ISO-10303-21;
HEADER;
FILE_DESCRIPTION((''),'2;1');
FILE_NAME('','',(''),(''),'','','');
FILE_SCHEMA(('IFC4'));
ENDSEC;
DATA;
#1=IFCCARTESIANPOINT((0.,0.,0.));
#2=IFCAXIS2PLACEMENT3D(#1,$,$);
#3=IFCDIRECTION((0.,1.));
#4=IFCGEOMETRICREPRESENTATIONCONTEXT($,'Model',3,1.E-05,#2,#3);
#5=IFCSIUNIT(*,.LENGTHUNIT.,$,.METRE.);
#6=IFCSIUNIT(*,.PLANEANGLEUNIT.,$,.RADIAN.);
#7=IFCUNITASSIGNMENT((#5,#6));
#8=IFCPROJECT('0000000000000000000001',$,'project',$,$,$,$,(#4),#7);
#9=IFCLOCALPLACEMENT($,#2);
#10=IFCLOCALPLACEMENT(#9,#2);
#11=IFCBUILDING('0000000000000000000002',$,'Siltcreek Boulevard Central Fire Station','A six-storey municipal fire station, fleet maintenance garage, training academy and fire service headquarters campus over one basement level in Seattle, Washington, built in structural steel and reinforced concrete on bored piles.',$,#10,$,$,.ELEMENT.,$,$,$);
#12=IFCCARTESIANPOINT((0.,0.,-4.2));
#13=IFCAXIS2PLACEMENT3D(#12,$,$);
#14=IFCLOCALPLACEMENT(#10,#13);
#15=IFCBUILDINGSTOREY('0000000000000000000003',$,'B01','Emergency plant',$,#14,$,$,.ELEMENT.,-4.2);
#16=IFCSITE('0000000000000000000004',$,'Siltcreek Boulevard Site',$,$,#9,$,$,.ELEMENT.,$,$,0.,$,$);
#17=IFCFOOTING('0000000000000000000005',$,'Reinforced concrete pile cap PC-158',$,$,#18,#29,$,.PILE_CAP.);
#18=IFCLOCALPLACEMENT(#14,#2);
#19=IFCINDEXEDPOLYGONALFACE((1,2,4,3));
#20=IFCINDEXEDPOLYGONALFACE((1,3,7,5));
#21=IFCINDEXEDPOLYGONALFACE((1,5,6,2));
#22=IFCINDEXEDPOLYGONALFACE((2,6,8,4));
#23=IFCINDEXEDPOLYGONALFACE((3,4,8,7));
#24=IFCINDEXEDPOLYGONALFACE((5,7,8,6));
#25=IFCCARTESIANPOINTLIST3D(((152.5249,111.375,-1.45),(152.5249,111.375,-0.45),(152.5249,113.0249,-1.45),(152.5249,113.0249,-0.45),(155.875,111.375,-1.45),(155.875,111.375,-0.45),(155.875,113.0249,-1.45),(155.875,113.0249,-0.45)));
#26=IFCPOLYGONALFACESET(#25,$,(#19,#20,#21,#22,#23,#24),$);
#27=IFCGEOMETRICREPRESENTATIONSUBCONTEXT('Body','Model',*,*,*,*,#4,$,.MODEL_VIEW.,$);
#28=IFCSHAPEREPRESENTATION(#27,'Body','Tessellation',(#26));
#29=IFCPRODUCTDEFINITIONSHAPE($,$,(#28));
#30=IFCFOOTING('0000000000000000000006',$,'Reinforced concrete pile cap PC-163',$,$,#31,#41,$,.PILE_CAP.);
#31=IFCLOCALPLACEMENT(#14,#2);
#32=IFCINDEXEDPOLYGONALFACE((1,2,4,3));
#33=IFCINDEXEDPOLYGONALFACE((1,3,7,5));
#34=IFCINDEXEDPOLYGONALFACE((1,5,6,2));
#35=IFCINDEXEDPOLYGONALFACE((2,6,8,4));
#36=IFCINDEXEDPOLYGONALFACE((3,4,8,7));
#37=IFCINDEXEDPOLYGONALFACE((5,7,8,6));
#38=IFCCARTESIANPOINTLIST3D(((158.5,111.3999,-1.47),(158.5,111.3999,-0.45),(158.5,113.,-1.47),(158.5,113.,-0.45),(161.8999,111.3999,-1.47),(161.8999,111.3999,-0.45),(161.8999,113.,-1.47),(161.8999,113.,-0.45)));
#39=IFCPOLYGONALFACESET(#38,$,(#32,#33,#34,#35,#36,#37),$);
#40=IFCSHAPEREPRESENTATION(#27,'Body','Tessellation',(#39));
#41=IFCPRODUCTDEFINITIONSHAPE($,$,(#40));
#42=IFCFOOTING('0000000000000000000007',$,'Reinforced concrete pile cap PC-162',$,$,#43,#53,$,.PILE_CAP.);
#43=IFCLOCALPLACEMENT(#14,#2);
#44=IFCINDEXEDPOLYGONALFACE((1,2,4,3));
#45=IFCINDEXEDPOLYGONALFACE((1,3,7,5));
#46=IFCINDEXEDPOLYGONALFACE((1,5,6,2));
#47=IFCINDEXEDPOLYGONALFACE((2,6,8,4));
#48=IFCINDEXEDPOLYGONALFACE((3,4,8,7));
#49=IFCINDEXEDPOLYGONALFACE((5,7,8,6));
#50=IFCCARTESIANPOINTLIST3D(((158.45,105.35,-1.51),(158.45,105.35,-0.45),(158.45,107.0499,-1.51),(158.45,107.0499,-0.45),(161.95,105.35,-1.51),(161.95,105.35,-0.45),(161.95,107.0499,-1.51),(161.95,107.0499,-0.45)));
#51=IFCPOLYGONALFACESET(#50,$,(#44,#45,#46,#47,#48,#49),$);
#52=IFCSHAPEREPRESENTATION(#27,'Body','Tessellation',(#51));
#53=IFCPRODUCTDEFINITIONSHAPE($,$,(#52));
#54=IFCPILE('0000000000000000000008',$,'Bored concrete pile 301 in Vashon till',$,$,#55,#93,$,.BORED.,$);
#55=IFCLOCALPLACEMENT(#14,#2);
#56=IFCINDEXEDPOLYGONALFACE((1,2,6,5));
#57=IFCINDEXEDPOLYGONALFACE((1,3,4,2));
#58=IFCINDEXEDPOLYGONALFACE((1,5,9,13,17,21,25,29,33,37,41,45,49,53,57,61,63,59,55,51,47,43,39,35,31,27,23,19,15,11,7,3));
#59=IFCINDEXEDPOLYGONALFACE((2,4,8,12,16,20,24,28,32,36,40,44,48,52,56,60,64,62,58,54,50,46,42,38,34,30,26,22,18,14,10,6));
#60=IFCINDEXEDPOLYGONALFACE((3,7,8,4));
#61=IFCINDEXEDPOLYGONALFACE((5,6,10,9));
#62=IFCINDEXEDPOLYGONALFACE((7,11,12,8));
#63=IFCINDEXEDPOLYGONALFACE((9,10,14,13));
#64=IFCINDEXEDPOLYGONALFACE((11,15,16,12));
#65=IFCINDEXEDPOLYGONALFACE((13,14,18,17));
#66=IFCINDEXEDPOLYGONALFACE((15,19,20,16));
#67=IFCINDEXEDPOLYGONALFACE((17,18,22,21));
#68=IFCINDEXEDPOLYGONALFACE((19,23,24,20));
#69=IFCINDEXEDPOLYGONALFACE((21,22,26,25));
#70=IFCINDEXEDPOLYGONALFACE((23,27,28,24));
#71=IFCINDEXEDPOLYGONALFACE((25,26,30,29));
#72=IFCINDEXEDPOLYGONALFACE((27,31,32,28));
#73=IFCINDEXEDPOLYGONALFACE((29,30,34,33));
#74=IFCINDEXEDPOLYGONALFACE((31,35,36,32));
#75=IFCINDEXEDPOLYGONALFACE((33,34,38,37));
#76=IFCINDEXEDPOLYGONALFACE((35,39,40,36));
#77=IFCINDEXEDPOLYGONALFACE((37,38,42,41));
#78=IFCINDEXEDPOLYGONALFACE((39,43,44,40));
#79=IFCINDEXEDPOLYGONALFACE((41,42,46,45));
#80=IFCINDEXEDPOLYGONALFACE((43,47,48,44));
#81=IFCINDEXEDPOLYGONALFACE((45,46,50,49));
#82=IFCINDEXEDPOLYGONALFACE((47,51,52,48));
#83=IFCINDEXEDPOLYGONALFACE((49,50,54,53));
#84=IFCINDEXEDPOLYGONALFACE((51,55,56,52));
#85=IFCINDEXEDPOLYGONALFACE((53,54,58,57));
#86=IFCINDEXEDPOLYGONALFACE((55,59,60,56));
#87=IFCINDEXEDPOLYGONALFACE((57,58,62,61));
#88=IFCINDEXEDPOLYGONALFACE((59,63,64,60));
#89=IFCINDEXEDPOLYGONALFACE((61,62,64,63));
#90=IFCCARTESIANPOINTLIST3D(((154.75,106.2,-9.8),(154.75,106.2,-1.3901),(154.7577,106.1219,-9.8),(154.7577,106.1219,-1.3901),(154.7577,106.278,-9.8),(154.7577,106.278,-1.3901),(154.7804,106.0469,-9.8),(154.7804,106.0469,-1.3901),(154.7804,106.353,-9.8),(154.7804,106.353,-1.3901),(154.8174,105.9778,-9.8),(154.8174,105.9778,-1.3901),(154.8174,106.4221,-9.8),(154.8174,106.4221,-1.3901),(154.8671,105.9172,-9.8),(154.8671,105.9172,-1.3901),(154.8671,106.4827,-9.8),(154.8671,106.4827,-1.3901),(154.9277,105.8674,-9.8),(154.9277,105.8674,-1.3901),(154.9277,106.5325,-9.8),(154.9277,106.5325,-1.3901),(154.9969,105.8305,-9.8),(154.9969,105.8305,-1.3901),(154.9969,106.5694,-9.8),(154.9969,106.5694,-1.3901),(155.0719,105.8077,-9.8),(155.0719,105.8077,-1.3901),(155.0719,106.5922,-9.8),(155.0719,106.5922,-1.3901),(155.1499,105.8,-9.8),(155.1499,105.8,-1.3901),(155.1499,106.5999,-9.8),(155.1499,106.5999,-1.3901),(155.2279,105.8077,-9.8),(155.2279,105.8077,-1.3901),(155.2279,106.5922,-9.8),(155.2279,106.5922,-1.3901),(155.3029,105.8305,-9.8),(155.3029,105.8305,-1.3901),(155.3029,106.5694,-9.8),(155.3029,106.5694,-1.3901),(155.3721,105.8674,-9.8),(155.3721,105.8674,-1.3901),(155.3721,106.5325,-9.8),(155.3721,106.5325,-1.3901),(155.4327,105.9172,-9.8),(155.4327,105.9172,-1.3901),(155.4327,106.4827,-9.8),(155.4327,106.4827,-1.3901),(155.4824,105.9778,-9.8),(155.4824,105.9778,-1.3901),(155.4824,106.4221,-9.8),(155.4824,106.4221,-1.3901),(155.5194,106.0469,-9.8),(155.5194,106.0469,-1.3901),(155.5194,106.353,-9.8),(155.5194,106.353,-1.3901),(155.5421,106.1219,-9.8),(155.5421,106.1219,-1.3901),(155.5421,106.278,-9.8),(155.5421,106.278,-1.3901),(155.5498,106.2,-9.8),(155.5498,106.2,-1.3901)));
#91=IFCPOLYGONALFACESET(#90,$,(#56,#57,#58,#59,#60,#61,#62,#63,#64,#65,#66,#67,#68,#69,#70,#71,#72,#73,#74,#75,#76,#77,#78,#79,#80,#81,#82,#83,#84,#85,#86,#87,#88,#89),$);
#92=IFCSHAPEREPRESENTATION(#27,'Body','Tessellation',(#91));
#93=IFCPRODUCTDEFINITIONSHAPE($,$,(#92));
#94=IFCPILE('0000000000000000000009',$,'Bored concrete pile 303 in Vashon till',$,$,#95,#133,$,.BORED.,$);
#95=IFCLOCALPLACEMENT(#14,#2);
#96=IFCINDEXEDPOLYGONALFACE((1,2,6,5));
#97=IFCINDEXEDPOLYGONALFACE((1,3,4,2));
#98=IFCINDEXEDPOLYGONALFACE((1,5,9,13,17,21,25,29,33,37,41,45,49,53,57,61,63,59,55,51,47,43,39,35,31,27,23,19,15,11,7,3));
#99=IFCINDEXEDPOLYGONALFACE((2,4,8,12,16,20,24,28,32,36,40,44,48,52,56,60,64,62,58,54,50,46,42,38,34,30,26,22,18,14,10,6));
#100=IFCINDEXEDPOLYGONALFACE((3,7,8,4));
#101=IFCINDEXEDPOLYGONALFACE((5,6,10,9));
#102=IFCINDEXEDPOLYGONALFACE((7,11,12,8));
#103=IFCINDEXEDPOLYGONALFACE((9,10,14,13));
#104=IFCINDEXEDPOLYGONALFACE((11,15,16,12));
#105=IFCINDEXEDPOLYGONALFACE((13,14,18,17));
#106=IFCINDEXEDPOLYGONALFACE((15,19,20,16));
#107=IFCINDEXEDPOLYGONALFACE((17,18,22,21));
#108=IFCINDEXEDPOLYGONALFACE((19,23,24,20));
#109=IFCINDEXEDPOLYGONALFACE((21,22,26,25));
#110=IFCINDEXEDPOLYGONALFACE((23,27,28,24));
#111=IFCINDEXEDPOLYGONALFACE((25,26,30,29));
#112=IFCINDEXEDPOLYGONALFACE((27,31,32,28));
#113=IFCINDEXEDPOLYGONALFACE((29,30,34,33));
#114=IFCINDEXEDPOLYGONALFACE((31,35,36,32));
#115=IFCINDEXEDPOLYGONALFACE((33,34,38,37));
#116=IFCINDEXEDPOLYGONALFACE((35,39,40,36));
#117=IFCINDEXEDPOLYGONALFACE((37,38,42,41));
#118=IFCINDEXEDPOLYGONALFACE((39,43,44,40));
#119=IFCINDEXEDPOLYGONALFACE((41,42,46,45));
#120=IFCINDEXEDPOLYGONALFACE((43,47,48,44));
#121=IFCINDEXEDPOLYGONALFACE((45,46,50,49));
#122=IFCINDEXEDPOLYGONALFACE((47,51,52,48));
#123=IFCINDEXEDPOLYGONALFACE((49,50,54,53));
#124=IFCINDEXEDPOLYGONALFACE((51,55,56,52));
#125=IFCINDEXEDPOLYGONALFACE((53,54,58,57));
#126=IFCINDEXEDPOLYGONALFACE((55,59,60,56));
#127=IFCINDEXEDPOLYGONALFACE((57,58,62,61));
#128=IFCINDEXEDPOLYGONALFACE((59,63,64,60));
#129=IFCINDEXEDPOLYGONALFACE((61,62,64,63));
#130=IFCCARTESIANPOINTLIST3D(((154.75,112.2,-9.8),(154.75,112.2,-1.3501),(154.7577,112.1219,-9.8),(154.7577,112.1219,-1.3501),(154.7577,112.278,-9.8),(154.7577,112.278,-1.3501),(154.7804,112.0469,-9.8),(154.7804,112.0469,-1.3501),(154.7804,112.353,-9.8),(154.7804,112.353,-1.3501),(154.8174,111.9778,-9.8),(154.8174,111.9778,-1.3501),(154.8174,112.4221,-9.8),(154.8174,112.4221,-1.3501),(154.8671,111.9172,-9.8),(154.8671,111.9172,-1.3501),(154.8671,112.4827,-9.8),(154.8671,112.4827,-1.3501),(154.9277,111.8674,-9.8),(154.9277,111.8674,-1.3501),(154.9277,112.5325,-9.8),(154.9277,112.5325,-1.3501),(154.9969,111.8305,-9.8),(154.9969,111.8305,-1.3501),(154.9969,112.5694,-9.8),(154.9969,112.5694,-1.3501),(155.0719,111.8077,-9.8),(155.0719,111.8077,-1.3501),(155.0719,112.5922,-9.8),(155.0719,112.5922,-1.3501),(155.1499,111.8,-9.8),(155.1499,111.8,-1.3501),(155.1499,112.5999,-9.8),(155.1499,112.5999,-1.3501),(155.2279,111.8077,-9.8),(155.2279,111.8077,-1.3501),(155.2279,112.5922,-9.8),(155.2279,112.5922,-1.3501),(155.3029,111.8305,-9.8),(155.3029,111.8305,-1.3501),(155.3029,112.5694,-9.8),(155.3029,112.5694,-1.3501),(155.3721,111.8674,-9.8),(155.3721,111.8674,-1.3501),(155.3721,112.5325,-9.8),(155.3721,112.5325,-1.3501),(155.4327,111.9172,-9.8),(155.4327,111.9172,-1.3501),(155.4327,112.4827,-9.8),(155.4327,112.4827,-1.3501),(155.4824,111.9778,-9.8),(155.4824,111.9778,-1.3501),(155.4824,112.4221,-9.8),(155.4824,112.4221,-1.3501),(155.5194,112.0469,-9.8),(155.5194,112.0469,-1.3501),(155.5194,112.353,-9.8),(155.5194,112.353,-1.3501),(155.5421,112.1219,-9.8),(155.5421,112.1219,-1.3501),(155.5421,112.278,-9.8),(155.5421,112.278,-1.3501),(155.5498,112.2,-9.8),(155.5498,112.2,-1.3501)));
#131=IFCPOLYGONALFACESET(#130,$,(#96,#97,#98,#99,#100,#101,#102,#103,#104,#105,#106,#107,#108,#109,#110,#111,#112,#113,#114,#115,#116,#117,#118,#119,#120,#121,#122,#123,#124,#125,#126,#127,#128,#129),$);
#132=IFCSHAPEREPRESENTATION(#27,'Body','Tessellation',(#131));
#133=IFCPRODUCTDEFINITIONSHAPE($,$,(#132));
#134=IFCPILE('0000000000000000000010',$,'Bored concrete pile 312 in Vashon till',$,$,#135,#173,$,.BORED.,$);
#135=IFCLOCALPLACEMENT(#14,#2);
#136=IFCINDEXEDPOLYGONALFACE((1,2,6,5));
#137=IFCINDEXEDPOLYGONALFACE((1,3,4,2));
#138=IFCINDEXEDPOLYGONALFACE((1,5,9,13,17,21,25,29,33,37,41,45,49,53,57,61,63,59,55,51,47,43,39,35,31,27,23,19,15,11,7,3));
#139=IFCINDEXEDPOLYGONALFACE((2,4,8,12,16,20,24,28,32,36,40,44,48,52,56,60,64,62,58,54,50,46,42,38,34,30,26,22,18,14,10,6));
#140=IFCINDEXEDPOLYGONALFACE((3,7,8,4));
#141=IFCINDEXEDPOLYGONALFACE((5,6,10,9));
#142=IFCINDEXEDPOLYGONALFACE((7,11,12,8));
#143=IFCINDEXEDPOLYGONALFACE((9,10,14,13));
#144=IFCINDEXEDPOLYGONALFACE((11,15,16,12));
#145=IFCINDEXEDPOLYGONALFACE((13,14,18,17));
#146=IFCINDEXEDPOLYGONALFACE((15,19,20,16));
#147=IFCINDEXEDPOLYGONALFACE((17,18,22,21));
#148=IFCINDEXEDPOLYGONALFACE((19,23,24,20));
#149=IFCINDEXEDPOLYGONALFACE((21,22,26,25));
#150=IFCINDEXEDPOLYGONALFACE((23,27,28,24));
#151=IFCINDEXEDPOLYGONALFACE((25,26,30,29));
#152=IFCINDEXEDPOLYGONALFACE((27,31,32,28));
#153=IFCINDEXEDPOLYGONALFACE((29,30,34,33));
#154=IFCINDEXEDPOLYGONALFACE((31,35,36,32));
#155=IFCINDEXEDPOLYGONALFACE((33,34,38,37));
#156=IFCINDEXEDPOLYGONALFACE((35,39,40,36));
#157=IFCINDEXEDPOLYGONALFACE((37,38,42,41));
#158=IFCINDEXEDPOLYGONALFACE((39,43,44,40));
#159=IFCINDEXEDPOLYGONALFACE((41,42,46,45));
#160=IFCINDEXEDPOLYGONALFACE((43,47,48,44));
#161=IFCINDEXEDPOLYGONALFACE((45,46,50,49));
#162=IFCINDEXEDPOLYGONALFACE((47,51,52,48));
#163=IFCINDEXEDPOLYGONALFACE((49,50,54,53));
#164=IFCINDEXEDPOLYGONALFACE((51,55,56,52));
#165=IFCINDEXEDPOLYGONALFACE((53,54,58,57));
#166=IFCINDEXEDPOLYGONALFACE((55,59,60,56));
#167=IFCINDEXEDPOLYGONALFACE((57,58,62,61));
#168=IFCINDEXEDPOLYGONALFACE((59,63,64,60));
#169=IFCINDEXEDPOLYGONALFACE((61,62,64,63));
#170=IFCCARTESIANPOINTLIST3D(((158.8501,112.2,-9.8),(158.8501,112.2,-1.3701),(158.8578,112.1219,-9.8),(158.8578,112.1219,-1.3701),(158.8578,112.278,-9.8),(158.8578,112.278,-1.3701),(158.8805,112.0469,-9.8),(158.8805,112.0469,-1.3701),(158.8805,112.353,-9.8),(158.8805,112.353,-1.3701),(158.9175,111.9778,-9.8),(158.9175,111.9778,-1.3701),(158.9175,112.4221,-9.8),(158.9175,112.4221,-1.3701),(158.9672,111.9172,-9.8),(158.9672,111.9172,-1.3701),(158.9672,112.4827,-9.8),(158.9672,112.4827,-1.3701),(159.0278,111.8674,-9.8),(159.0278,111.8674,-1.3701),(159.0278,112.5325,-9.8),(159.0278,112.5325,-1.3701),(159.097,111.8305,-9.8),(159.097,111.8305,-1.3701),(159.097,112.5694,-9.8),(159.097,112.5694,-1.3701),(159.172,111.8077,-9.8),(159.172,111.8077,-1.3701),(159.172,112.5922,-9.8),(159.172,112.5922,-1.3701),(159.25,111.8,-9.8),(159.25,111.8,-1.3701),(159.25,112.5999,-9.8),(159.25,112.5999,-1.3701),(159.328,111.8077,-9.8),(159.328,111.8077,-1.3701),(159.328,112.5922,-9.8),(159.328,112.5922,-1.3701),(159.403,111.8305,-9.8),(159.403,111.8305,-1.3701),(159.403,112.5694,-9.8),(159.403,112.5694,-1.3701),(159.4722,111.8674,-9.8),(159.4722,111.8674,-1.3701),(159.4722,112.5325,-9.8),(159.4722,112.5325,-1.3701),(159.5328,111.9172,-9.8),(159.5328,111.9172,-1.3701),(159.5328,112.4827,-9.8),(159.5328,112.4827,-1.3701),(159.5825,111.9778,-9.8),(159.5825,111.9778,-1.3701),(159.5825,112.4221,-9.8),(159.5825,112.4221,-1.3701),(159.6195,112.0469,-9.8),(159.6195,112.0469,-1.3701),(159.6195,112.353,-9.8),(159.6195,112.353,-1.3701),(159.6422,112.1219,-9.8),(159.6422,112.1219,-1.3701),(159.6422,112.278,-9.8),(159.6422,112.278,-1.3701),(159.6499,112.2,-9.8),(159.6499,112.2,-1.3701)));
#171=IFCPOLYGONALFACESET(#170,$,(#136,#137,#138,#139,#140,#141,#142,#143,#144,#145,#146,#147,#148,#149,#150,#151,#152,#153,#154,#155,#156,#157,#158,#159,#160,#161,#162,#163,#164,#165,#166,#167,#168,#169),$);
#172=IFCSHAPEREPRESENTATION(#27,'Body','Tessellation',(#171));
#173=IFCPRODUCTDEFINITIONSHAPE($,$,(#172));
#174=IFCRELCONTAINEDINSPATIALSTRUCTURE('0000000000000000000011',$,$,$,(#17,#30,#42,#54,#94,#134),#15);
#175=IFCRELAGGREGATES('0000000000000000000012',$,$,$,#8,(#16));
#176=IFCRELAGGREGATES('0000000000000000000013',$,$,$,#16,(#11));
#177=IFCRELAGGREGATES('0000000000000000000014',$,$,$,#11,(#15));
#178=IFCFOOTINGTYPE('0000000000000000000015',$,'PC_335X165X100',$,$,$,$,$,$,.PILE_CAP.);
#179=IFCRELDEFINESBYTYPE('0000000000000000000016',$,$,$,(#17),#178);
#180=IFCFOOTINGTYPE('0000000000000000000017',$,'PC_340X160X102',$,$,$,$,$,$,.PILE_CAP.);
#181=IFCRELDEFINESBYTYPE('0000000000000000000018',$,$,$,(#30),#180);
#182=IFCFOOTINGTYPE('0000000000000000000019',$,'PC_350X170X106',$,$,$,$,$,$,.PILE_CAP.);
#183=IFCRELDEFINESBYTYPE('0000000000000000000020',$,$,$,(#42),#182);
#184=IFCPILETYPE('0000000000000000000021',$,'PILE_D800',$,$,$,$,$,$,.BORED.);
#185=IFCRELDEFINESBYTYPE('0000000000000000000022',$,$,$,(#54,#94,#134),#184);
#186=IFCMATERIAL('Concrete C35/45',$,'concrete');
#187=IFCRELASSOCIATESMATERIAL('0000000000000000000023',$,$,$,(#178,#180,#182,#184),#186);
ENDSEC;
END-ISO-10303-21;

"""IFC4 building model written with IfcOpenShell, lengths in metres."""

from ifc_helpers import new_model, si_unit, direction, frame, origin, origin_2d, place, context, subcontext, project, spatial, rectangle, circle, extrude, material, material_profile, profile_set, type_object, element, save


model = new_model("IFC4")

# Units and contexts
model_context = context("Model", 3, precision=1e-05, world=origin(), true_north=direction((0.0, 1.0)))
body_context = subcontext(model_context, "Body", "Model", "MODEL_VIEW")
ifc_project = project(units=[si_unit("LENGTHUNIT", "METRE"), si_unit("PLANEANGLEUNIT", "RADIAN")], contexts=[model_context])

# Site, building, storey
site_placement = place(None, origin())
site = spatial("IfcSite", under=ifc_project, at=site_placement, Name="Siltcreek Boulevard Site", CompositionType="ELEMENT", RefElevation=0.0)
building_placement = place(site_placement, origin())
building = spatial("IfcBuilding", under=site, at=building_placement, Name="Siltcreek Boulevard Central Fire Station", Description="A six-storey municipal fire station, fleet maintenance garage, training academy and fire service headquarters campus over one basement level in Seattle, Washington, built in structural steel and reinforced concrete on bored piles.", CompositionType="ELEMENT")
storey_placement = place(building_placement, frame((0.0, 0.0, -4.2)))
storey = spatial("IfcBuildingStorey", under=building, at=storey_placement, Name="B01", Description="Emergency plant", CompositionType="ELEMENT", Elevation=-4.2)

# Footings
ifc_material_1 = material(Name="Concrete C35/45", Category="concrete")
footing_type_1 = type_object("IfcFootingType", Name="PC_335X165X100", PredefinedType="PILE_CAP", material=ifc_material_1)
footing_1_placement = place(storey_placement, frame((154.2, 112.2, -1.45), z_axis=(0.0, 0.0, 1.0), x_axis=(1.0, 0.0, 0.0)))
element("IfcFooting", 1, at=footing_1_placement, inside=storey, type_object=footing_type_1, Name="Reinforced concrete pile cap PC-158", PredefinedType="PILE_CAP", context=body_context, shape_type="SweptSolid", body=[
    extrude(rectangle(XDim=3.3501, YDim=1.6499, at=origin_2d()), origin(), (0.0, 0.0, 1.0), 1.0),
])
footing_type_2 = type_object("IfcFootingType", Name="PC_340X160X102", PredefinedType="PILE_CAP", material=ifc_material_1)
footing_2_placement = place(storey_placement, frame((160.2, 112.2, -1.47), z_axis=(0.0, 0.0, 1.0), x_axis=(1.0, 0.0, 0.0)))
element("IfcFooting", 2, at=footing_2_placement, inside=storey, type_object=footing_type_2, Name="Reinforced concrete pile cap PC-163", PredefinedType="PILE_CAP", context=body_context, shape_type="SweptSolid", body=[
    extrude(rectangle(XDim=3.3999, YDim=1.6001, at=origin_2d()), origin(), (0.0, 0.0, 1.0), 1.02),
])
footing_type_3 = type_object("IfcFootingType", Name="PC_350X170X106", PredefinedType="PILE_CAP", material=ifc_material_1)
footing_3_placement = place(storey_placement, frame((160.2, 106.2, -1.51), z_axis=(0.0, 0.0, 1.0), x_axis=(1.0, 0.0, 0.0)))
element("IfcFooting", 3, at=footing_3_placement, inside=storey, type_object=footing_type_3, Name="Reinforced concrete pile cap PC-162", PredefinedType="PILE_CAP", context=body_context, shape_type="SweptSolid", body=[
    extrude(rectangle(XDim=3.5, YDim=1.7, at=origin_2d()), origin(), (0.0, 0.0, 1.0), 1.0601),
])

# Piles
ifc_material_profile_1 = material_profile(ifc_material_1, circle(Radius=0.3999, at=origin_2d()), Name="SHAFT800")
ifc_profile_set_1 = profile_set([ifc_material_profile_1], Name="Concrete C35/45")
pile_type_1 = type_object("IfcPileType", Name="PILE_D800", PredefinedType="BORED", material=ifc_profile_set_1)
pile_1_placement = place(storey_placement, frame((155.1499, 106.2, -1.3901), z_axis=(0.0, 0.0, -1.0), x_axis=(1.0, 0.0, 0.0)))
element("IfcPile", 4, at=pile_1_placement, inside=storey, type_object=pile_type_1, Name="Bored concrete pile 301 in Vashon till", PredefinedType="BORED", context=body_context, shape_type="SweptSolid", body=[
    extrude(circle(Radius=0.3999, at=origin_2d()), origin(), (0.0, 0.0, 1.0), 8.4099),
])
pile_2_placement = place(storey_placement, frame((155.1499, 112.2, -1.3501), z_axis=(0.0, 0.0, -1.0), x_axis=(1.0, 0.0, 0.0)))
element("IfcPile", 5, at=pile_2_placement, inside=storey, type_object=pile_type_1, Name="Bored concrete pile 303 in Vashon till", PredefinedType="BORED", context=body_context, shape_type="SweptSolid", body=[
    extrude(circle(Radius=0.3999, at=origin_2d()), origin(), (0.0, 0.0, 1.0), 8.45),
])
pile_3_placement = place(storey_placement, frame((159.25, 112.2, -1.3701), z_axis=(0.0, 0.0, -1.0), x_axis=(1.0, 0.0, 0.0)))
element("IfcPile", 6, at=pile_3_placement, inside=storey, type_object=pile_type_1, Name="Bored concrete pile 312 in Vashon till", PredefinedType="BORED", context=body_context, shape_type="SweptSolid", body=[
    extrude(circle(Radius=0.3999, at=origin_2d()), origin(), (0.0, 0.0, 1.0), 8.4299),
])

save(model, "model.ifc")
